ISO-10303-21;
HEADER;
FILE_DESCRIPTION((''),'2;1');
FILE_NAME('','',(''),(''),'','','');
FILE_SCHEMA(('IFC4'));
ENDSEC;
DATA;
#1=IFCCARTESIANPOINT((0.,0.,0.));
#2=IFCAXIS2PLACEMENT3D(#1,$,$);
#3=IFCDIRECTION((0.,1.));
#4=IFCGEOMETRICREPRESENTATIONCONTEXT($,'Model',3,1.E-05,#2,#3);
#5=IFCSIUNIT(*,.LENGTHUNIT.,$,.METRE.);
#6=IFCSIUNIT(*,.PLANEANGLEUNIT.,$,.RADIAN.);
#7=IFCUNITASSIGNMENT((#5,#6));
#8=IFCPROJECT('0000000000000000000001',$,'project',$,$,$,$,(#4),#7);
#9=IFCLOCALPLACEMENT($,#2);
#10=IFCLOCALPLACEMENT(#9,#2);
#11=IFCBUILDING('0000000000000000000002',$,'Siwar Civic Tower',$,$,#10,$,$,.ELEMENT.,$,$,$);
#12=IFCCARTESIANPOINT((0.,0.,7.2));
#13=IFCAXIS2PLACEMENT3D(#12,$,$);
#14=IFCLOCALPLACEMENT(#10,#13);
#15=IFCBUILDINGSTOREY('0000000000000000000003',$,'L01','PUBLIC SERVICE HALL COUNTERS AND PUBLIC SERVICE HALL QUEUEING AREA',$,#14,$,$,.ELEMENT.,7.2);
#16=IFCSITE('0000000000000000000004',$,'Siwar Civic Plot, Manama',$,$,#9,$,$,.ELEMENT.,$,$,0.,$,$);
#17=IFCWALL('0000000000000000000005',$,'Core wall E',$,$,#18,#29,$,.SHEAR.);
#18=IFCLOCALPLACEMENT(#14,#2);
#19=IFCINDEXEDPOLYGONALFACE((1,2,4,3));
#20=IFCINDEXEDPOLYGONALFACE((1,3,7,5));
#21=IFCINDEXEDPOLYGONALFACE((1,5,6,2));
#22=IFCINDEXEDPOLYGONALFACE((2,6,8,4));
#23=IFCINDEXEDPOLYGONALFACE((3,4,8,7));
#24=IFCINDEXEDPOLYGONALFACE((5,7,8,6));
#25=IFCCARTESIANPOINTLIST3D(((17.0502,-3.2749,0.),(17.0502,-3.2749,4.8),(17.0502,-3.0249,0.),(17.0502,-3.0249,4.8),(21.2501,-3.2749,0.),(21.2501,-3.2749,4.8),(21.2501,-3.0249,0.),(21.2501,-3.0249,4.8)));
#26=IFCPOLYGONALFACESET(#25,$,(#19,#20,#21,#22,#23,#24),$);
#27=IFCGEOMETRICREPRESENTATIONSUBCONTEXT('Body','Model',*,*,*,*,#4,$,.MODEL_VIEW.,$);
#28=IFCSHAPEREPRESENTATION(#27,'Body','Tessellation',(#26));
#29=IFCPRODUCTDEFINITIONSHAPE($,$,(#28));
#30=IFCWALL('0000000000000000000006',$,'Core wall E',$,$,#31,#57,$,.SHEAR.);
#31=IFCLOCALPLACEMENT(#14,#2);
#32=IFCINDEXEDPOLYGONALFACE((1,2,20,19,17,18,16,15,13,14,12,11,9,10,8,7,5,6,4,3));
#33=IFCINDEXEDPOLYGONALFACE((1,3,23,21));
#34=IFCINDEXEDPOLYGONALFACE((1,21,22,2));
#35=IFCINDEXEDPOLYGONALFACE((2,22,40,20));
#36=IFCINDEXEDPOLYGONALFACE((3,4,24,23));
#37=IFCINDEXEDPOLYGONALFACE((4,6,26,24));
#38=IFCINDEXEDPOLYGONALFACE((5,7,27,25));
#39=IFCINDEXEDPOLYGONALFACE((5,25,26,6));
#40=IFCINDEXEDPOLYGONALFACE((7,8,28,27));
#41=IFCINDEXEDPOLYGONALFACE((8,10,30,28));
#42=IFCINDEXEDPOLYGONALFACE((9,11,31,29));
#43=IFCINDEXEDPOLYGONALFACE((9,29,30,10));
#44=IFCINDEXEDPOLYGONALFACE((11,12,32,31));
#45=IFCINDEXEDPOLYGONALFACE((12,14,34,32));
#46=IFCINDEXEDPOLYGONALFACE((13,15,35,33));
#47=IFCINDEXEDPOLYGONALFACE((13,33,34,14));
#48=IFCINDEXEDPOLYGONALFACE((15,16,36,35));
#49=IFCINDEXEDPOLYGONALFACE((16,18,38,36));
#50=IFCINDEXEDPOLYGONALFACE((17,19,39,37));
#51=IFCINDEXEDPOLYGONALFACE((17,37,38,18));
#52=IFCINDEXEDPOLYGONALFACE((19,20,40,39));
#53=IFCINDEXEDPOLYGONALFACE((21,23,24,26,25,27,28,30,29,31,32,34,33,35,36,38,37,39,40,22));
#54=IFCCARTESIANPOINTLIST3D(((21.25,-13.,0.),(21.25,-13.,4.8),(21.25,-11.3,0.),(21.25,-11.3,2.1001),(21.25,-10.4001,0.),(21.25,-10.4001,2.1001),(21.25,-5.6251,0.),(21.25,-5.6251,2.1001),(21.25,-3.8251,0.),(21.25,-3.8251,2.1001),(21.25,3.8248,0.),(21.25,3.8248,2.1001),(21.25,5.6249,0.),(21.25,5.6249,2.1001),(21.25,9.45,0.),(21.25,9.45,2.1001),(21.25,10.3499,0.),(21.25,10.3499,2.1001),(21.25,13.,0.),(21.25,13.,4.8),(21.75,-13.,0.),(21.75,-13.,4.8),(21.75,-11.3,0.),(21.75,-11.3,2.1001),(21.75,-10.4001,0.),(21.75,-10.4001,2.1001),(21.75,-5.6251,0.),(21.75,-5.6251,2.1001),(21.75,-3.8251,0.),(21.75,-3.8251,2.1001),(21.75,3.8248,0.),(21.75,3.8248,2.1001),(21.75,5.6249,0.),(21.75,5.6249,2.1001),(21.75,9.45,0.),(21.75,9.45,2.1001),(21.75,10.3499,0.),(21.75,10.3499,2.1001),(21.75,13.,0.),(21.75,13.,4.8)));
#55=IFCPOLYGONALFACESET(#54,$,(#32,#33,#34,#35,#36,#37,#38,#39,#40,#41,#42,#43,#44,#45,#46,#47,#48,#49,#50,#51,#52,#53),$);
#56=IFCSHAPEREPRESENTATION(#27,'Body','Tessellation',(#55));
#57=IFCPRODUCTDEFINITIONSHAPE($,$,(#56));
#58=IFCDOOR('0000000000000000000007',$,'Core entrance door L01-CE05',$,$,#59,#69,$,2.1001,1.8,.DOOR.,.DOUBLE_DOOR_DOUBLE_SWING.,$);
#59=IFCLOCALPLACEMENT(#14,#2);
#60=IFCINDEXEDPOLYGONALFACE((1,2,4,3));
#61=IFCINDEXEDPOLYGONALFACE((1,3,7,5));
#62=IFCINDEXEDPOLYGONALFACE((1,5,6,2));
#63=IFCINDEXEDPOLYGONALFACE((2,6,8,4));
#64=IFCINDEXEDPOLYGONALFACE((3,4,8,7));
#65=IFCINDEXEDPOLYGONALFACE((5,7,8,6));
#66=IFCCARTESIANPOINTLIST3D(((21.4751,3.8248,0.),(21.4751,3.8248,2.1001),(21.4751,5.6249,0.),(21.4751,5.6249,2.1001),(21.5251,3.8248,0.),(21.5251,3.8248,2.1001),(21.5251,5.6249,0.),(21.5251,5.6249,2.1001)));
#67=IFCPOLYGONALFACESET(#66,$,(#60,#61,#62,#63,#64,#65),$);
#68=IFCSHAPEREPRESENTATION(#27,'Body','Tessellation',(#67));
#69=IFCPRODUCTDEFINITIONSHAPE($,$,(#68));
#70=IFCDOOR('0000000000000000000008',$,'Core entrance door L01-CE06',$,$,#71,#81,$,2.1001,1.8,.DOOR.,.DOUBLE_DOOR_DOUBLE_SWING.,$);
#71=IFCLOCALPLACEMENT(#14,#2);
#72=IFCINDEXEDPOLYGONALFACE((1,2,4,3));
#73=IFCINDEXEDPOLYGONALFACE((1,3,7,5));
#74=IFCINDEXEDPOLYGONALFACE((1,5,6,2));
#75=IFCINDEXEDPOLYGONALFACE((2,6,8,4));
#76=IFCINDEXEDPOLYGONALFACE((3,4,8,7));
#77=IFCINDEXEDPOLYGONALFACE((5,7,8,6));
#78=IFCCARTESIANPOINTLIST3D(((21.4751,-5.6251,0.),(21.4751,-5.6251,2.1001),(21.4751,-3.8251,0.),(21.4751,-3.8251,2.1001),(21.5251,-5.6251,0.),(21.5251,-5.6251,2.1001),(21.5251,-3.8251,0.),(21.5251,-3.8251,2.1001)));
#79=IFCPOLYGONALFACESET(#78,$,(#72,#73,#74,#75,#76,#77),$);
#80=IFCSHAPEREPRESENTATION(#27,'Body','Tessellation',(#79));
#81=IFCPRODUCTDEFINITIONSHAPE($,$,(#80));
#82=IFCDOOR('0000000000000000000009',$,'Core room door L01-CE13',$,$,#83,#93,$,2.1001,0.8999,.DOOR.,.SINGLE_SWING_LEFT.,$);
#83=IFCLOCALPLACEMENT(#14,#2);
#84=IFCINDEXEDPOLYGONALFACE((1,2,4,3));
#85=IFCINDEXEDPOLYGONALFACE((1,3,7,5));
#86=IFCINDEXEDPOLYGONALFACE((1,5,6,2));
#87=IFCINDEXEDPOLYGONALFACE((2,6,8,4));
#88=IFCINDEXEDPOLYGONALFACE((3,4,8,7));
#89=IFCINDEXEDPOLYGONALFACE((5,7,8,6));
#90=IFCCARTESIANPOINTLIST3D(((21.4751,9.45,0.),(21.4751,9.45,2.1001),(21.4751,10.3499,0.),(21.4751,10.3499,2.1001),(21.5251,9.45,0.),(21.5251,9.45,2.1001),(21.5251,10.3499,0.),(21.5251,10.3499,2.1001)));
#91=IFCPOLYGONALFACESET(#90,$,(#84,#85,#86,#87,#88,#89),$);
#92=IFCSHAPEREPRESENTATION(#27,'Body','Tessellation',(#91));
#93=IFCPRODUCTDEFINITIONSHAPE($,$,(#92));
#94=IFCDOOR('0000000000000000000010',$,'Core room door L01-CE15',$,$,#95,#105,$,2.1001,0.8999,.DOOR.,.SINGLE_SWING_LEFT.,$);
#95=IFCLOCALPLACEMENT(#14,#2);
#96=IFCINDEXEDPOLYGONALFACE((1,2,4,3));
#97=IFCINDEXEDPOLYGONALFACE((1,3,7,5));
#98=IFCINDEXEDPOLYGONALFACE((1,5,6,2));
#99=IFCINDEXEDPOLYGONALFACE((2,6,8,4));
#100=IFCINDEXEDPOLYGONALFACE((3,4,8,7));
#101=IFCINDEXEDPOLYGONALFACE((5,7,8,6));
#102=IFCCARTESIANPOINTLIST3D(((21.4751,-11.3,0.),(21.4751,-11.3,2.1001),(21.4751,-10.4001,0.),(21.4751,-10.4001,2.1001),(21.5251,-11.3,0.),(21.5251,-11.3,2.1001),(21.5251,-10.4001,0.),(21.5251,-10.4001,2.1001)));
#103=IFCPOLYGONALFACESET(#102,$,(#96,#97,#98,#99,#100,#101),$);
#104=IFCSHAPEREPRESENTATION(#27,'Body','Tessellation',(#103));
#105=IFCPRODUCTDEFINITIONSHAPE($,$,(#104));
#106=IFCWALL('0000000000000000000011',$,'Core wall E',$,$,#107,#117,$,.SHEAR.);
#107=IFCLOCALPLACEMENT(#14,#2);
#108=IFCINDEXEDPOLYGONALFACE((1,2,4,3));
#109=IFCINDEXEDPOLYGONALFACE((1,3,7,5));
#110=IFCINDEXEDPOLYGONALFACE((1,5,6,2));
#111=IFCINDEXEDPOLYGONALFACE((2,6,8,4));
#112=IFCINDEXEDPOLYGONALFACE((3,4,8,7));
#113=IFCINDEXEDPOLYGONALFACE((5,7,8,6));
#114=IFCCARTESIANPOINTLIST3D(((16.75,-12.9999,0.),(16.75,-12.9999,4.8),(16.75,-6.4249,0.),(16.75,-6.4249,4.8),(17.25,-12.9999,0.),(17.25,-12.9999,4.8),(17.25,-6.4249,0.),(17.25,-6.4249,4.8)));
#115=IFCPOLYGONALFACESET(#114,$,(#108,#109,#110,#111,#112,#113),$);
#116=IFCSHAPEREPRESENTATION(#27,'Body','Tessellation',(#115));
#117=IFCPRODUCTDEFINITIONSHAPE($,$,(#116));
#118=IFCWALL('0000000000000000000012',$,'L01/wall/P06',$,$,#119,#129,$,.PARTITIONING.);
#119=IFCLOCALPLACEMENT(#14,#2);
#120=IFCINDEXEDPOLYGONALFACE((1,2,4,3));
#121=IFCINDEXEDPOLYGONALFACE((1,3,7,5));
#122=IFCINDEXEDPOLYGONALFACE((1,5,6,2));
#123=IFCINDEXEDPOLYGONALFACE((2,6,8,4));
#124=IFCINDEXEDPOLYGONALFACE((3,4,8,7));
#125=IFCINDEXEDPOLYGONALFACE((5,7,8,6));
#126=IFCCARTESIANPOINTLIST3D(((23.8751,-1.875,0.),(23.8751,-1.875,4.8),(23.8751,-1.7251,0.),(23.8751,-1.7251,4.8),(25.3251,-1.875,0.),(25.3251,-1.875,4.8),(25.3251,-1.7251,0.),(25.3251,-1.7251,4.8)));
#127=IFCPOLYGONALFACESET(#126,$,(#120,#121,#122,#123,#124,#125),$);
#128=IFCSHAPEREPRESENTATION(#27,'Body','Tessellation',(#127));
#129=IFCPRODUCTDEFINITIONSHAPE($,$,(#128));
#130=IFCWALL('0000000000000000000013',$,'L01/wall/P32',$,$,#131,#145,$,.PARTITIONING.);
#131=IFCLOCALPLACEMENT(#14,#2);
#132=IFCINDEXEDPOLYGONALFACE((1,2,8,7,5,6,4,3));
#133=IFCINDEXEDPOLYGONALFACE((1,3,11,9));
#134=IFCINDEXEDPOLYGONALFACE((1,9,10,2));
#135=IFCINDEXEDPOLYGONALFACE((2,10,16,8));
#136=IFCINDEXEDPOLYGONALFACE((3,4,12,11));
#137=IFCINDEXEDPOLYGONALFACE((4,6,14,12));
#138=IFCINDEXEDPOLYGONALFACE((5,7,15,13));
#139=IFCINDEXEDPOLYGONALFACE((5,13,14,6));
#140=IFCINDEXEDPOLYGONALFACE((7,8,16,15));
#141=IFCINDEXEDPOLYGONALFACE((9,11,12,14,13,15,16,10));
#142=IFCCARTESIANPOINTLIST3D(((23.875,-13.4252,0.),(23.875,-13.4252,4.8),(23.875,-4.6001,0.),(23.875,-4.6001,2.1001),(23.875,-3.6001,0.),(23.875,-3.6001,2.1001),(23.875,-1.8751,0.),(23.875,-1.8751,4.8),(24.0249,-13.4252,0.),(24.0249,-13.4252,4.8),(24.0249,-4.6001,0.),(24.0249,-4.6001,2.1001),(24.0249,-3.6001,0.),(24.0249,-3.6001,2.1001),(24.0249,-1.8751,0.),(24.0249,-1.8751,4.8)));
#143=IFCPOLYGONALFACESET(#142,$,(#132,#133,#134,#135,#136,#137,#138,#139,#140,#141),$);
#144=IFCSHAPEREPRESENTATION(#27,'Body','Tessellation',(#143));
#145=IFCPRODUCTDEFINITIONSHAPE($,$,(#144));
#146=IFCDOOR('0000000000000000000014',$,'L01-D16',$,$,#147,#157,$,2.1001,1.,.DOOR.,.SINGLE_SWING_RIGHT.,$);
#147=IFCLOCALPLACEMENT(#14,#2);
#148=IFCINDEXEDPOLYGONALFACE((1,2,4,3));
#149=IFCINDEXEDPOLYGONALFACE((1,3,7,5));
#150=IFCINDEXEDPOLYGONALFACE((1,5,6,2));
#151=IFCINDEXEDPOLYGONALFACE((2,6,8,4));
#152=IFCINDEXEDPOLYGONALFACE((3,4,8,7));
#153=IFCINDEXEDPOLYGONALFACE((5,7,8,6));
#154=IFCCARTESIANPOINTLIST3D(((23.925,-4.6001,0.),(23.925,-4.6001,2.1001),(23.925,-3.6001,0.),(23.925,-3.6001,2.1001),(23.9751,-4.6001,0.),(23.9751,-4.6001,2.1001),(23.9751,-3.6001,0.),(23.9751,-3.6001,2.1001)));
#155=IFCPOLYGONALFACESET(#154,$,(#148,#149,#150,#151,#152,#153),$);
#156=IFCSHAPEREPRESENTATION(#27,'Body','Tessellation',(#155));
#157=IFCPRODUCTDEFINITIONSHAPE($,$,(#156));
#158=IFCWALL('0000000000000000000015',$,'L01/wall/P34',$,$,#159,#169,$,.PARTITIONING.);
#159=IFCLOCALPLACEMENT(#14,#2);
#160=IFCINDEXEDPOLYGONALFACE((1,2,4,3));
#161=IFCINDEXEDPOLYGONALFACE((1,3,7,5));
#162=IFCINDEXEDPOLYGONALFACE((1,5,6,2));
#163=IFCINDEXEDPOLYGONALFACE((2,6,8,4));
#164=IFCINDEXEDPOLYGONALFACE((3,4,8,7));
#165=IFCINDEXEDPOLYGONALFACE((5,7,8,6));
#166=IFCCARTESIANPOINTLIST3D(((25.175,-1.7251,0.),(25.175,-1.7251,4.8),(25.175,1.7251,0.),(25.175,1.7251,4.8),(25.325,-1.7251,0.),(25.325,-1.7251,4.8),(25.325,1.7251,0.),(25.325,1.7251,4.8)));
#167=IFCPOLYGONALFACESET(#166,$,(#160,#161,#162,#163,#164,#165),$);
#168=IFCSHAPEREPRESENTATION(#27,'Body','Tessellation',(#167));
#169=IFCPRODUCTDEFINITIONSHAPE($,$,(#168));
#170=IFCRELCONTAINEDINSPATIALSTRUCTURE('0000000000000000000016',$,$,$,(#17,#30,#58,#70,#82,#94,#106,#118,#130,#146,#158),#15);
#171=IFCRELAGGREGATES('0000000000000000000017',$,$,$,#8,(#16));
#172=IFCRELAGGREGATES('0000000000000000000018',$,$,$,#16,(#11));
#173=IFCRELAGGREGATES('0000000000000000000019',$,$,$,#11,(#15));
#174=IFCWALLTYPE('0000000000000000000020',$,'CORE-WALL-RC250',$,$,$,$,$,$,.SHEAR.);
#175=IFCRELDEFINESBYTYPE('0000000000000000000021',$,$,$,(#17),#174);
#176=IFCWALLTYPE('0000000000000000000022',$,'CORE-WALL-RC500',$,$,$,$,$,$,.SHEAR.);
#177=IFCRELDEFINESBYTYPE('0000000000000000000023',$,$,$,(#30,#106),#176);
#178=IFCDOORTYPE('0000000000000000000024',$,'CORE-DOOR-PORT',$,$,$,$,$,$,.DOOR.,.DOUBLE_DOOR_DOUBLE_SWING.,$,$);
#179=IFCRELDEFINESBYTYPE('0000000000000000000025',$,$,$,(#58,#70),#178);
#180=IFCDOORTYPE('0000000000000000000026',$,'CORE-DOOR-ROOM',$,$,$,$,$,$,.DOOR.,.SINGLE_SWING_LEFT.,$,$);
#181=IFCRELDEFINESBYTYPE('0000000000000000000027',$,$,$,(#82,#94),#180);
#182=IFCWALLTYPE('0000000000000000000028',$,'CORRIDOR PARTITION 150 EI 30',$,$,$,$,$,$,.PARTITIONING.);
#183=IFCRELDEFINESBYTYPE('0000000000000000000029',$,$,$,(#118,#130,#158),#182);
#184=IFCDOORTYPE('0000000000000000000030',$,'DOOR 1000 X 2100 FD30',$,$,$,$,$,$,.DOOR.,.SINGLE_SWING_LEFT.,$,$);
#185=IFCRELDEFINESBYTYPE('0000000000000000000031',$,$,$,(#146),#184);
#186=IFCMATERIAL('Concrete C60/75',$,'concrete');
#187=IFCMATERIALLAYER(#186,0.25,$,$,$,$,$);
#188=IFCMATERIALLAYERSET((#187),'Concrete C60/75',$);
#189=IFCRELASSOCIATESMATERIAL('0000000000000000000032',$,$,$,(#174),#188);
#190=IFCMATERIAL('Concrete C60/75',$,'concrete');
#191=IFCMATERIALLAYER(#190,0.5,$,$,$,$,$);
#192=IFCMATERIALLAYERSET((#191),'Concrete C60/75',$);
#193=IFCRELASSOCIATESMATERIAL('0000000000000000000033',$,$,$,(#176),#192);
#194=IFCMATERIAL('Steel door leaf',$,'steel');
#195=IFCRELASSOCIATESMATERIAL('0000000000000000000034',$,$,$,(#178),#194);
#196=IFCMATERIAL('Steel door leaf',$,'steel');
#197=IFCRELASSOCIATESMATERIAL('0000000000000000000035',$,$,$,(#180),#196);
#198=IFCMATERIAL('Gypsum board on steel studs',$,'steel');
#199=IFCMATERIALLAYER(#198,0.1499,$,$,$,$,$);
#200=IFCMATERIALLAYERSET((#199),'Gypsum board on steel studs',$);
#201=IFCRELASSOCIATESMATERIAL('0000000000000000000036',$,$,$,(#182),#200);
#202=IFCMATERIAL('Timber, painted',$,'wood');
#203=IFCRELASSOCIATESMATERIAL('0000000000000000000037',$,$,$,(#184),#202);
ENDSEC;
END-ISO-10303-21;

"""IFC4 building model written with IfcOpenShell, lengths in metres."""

from ifc_helpers import new_model, si_unit, direction, frame, frame_2d, origin, place, context, subcontext, project, spatial, rectangle, extrude, material, layer, layer_set, type_object, element, fill, save


model = new_model("IFC4")

# Units and contexts
model_context = context("Model", 3, precision=1e-05, world=origin(), true_north=direction((0.0, 1.0)))
body_context = subcontext(model_context, "Body", "Model", "MODEL_VIEW")
ifc_project = project(units=[si_unit("LENGTHUNIT", "METRE"), si_unit("PLANEANGLEUNIT", "RADIAN")], contexts=[model_context])

# Site, building, storey
site_placement = place(None, origin())
site = spatial("IfcSite", under=ifc_project, at=site_placement, Name="Siwar Civic Plot, Manama", CompositionType="ELEMENT", RefElevation=0.0)
building_placement = place(site_placement, origin())
building = spatial("IfcBuilding", under=site, at=building_placement, Name="Siwar Civic Tower", CompositionType="ELEMENT")
storey_placement = place(building_placement, frame((0.0, 0.0, 7.2)))
storey = spatial("IfcBuildingStorey", under=building, at=storey_placement, Name="L01", Description="PUBLIC SERVICE HALL COUNTERS AND PUBLIC SERVICE HALL QUEUEING AREA", CompositionType="ELEMENT", Elevation=7.2)

# Wall
ifc_material_1 = material(Name="Concrete C60/75", Category="concrete")
ifc_layer_1 = layer(ifc_material_1, 0.25)
ifc_layer_set_1 = layer_set([ifc_layer_1], Name="Concrete C60/75")
wall_type_1 = type_object("IfcWallType", Name="CORE-WALL-RC250", PredefinedType="SHEAR", material=ifc_layer_set_1)
wall_1_placement = place(storey_placement, frame((17.05, -3.1499, 0.0), z_axis=(0.0, 0.0, 1.0), x_axis=(1.0, 0.0, 0.0)))
element("IfcWall", 1, at=wall_1_placement, inside=storey, type_object=wall_type_1, Name="Core wall E", PredefinedType="SHEAR", context=body_context, shape_type="SweptSolid", body=[
    extrude(rectangle(XDim=4.2, YDim=0.25, at=frame_2d((2.1001, 0.0))), origin(), (0.0, 0.0, 1.0), 4.8),
])

# Wall, openings, doors
ifc_material_2 = material(Name="Concrete C60/75", Category="concrete")
ifc_layer_2 = layer(ifc_material_2, 0.5)
ifc_layer_set_2 = layer_set([ifc_layer_2], Name="Concrete C60/75")
wall_type_2 = type_object("IfcWallType", Name="CORE-WALL-RC500", PredefinedType="SHEAR", material=ifc_layer_set_2)
wall_2_placement = place(storey_placement, frame((21.5, -13.0, 0.0), z_axis=(0.0, 0.0, 1.0), x_axis=(0.0, 1.0, 0.0)))
wall_2 = element("IfcWall", 2, at=wall_2_placement, inside=storey, type_object=wall_type_2, Name="Core wall E", PredefinedType="SHEAR", context=body_context, shape_type="SweptSolid", body=[
    extrude(rectangle(XDim=26.0, YDim=0.5, at=frame_2d((13.0, 0.0))), origin(), (0.0, 0.0, 1.0), 4.8),
])
opening_1_placement = place(wall_2_placement, frame((16.825, 0.0, 0.0)))
opening_1 = element("IfcOpeningElement", 3, at=opening_1_placement, cuts=wall_2, PredefinedType="OPENING", context=body_context, shape_type="SweptSolid", body=[
    extrude(rectangle(XDim=1.8, YDim=2.1001, at=frame_2d((0.8999, 1.05))), frame((0.0, 0.26, 0.0), z_axis=(0.0, -1.0, 0.0), x_axis=(1.0, 0.0, 0.0)), (0.0, 0.0, 1.0), 0.52),
])
opening_2_placement = place(wall_2_placement, frame((7.375, 0.0, 0.0)))
opening_2 = element("IfcOpeningElement", 4, at=opening_2_placement, cuts=wall_2, PredefinedType="OPENING", context=body_context, shape_type="SweptSolid", body=[
    extrude(rectangle(XDim=1.8, YDim=2.1001, at=frame_2d((0.8999, 1.05))), frame((0.0, 0.26, 0.0), z_axis=(0.0, -1.0, 0.0), x_axis=(1.0, 0.0, 0.0)), (0.0, 0.0, 1.0), 0.52),
])
opening_3_placement = place(wall_2_placement, frame((22.45, 0.0, 0.0)))
opening_3 = element("IfcOpeningElement", 5, at=opening_3_placement, cuts=wall_2, PredefinedType="OPENING", context=body_context, shape_type="SweptSolid", body=[
    extrude(rectangle(XDim=0.8999, YDim=2.1001, at=frame_2d((0.45, 1.05))), frame((0.0, 0.26, 0.0), z_axis=(0.0, -1.0, 0.0), x_axis=(1.0, 0.0, 0.0)), (0.0, 0.0, 1.0), 0.52),
])
opening_4_placement = place(wall_2_placement, frame((1.7, 0.0, 0.0)))
opening_4 = element("IfcOpeningElement", 6, at=opening_4_placement, cuts=wall_2, PredefinedType="OPENING", context=body_context, shape_type="SweptSolid", body=[
    extrude(rectangle(XDim=0.8999, YDim=2.1001, at=frame_2d((0.45, 1.05))), frame((0.0, 0.26, 0.0), z_axis=(0.0, -1.0, 0.0), x_axis=(1.0, 0.0, 0.0)), (0.0, 0.0, 1.0), 0.52),
])
ifc_material_3 = material(Name="Steel door leaf", Category="steel")
door_type_1 = type_object("IfcDoorType", Name="CORE-DOOR-PORT", OperationType="DOUBLE_DOOR_DOUBLE_SWING", PredefinedType="DOOR", material=ifc_material_3)
door_1_placement = place(opening_1_placement, origin())
door_1 = element("IfcDoor", 7, at=door_1_placement, inside=storey, type_object=door_type_1, Name="Core entrance door L01-CE05", OperationType="DOUBLE_DOOR_DOUBLE_SWING", OverallHeight=2.1001, OverallWidth=1.8, PredefinedType="DOOR", context=body_context, shape_type="SweptSolid", body=[
    extrude(rectangle(XDim=1.8, YDim=2.1001, at=frame_2d((0.8999, 1.05))), frame((0.0, 0.0249, 0.0), z_axis=(0.0, -1.0, 0.0), x_axis=(1.0, 0.0, 0.0)), (0.0, 0.0, 1.0), 0.05),
])
fill(opening_1, door_1)
door_2_placement = place(opening_2_placement, origin())
door_2 = element("IfcDoor", 8, at=door_2_placement, inside=storey, type_object=door_type_1, Name="Core entrance door L01-CE06", OperationType="DOUBLE_DOOR_DOUBLE_SWING", OverallHeight=2.1001, OverallWidth=1.8, PredefinedType="DOOR", context=body_context, shape_type="SweptSolid", body=[
    extrude(rectangle(XDim=1.8, YDim=2.1001, at=frame_2d((0.8999, 1.05))), frame((0.0, 0.0249, 0.0), z_axis=(0.0, -1.0, 0.0), x_axis=(1.0, 0.0, 0.0)), (0.0, 0.0, 1.0), 0.05),
])
fill(opening_2, door_2)
ifc_material_4 = material(Name="Steel door leaf", Category="steel")
door_type_2 = type_object("IfcDoorType", Name="CORE-DOOR-ROOM", OperationType="SINGLE_SWING_LEFT", PredefinedType="DOOR", material=ifc_material_4)
door_3_placement = place(opening_3_placement, origin())
door_3 = element("IfcDoor", 9, at=door_3_placement, inside=storey, type_object=door_type_2, Name="Core room door L01-CE13", OperationType="SINGLE_SWING_LEFT", OverallHeight=2.1001, OverallWidth=0.8999, PredefinedType="DOOR", context=body_context, shape_type="SweptSolid", body=[
    extrude(rectangle(XDim=0.8999, YDim=2.1001, at=frame_2d((0.45, 1.05))), frame((0.0, 0.0249, 0.0), z_axis=(0.0, -1.0, 0.0), x_axis=(1.0, 0.0, 0.0)), (0.0, 0.0, 1.0), 0.05),
])
fill(opening_3, door_3)
door_4_placement = place(opening_4_placement, origin())
door_4 = element("IfcDoor", 10, at=door_4_placement, inside=storey, type_object=door_type_2, Name="Core room door L01-CE15", OperationType="SINGLE_SWING_LEFT", OverallHeight=2.1001, OverallWidth=0.8999, PredefinedType="DOOR", context=body_context, shape_type="SweptSolid", body=[
    extrude(rectangle(XDim=0.8999, YDim=2.1001, at=frame_2d((0.45, 1.05))), frame((0.0, 0.0249, 0.0), z_axis=(0.0, -1.0, 0.0), x_axis=(1.0, 0.0, 0.0)), (0.0, 0.0, 1.0), 0.05),
])
fill(opening_4, door_4)

# Walls
wall_3_placement = place(storey_placement, frame((17.0, -13.0, 0.0), z_axis=(0.0, 0.0, 1.0), x_axis=(0.0, 1.0, 0.0)))
element("IfcWall", 11, at=wall_3_placement, inside=storey, type_object=wall_type_2, Name="Core wall E", PredefinedType="SHEAR", context=body_context, shape_type="SweptSolid", body=[
    extrude(rectangle(XDim=6.575, YDim=0.5, at=frame_2d((3.2876, 0.0))), origin(), (0.0, 0.0, 1.0), 4.8),
])
ifc_material_5 = material(Name="Gypsum board on steel studs", Category="steel")
ifc_layer_3 = layer(ifc_material_5, 0.1499)
ifc_layer_set_3 = layer_set([ifc_layer_3], Name="Gypsum board on steel studs")
wall_type_3 = type_object("IfcWallType", Name="CORRIDOR PARTITION 150 EI 30", PredefinedType="PARTITIONING", material=ifc_layer_set_3)
wall_4_placement = place(storey_placement, frame((23.875, -1.8, 0.0), z_axis=(0.0, 0.0, 1.0), x_axis=(1.0, 0.0, 0.0)))
element("IfcWall", 12, at=wall_4_placement, inside=storey, type_object=wall_type_3, Name="L01/wall/P06", PredefinedType="PARTITIONING", context=body_context, shape_type="SweptSolid", body=[
    extrude(rectangle(XDim=1.45, YDim=0.1499, at=frame_2d((0.7251, 0.0))), origin(), (0.0, 0.0, 1.0), 4.8),
])

# Wall, opening, door
wall_5_placement = place(storey_placement, frame((23.95, -13.425, 0.0), z_axis=(0.0, 0.0, 1.0), x_axis=(0.0, 1.0, 0.0)))
wall_5 = element("IfcWall", 13, at=wall_5_placement, inside=storey, type_object=wall_type_3, Name="L01/wall/P32", PredefinedType="PARTITIONING", context=body_context, shape_type="SweptSolid", body=[
    extrude(rectangle(XDim=11.55, YDim=0.1499, at=frame_2d((5.7749, 0.0))), origin(), (0.0, 0.0, 1.0), 4.8),
])
opening_5_placement = place(wall_5_placement, frame((8.825, 0.0, 0.0)))
opening_5 = element("IfcOpeningElement", 14, at=opening_5_placement, cuts=wall_5, PredefinedType="OPENING", context=body_context, shape_type="SweptSolid", body=[
    extrude(rectangle(XDim=1.0, YDim=2.1001, at=frame_2d((0.5, 1.05))), frame((0.0, 0.085, 0.0), z_axis=(0.0, -1.0, 0.0), x_axis=(1.0, 0.0, 0.0)), (0.0, 0.0, 1.0), 0.1699),
])
ifc_material_6 = material(Name="Timber, painted", Category="wood")
door_type_3 = type_object("IfcDoorType", Name="DOOR 1000 X 2100 FD30", OperationType="SINGLE_SWING_LEFT", PredefinedType="DOOR", material=ifc_material_6)
door_5_placement = place(opening_5_placement, origin())
door_5 = element("IfcDoor", 15, at=door_5_placement, inside=storey, type_object=door_type_3, Name="L01-D16", OperationType="SINGLE_SWING_RIGHT", OverallHeight=2.1001, OverallWidth=1.0, PredefinedType="DOOR", context=body_context, shape_type="SweptSolid", body=[
    extrude(rectangle(XDim=1.0, YDim=2.1001, at=frame_2d((0.5, 1.05))), frame((0.0, 0.0249, 0.0), z_axis=(0.0, -1.0, 0.0), x_axis=(1.0, 0.0, 0.0)), (0.0, 0.0, 1.0), 0.05),
])
fill(opening_5, door_5)

# Wall
wall_6_placement = place(storey_placement, frame((25.25, -1.7251, 0.0), z_axis=(0.0, 0.0, 1.0), x_axis=(0.0, 1.0, 0.0)))
element("IfcWall", 16, at=wall_6_placement, inside=storey, type_object=wall_type_3, Name="L01/wall/P34", PredefinedType="PARTITIONING", context=body_context, shape_type="SweptSolid", body=[
    extrude(rectangle(XDim=3.4502, YDim=0.1499, at=frame_2d((1.7251, 0.0))), origin(), (0.0, 0.0, 1.0), 4.8),
])

save(model, "model.ifc")
